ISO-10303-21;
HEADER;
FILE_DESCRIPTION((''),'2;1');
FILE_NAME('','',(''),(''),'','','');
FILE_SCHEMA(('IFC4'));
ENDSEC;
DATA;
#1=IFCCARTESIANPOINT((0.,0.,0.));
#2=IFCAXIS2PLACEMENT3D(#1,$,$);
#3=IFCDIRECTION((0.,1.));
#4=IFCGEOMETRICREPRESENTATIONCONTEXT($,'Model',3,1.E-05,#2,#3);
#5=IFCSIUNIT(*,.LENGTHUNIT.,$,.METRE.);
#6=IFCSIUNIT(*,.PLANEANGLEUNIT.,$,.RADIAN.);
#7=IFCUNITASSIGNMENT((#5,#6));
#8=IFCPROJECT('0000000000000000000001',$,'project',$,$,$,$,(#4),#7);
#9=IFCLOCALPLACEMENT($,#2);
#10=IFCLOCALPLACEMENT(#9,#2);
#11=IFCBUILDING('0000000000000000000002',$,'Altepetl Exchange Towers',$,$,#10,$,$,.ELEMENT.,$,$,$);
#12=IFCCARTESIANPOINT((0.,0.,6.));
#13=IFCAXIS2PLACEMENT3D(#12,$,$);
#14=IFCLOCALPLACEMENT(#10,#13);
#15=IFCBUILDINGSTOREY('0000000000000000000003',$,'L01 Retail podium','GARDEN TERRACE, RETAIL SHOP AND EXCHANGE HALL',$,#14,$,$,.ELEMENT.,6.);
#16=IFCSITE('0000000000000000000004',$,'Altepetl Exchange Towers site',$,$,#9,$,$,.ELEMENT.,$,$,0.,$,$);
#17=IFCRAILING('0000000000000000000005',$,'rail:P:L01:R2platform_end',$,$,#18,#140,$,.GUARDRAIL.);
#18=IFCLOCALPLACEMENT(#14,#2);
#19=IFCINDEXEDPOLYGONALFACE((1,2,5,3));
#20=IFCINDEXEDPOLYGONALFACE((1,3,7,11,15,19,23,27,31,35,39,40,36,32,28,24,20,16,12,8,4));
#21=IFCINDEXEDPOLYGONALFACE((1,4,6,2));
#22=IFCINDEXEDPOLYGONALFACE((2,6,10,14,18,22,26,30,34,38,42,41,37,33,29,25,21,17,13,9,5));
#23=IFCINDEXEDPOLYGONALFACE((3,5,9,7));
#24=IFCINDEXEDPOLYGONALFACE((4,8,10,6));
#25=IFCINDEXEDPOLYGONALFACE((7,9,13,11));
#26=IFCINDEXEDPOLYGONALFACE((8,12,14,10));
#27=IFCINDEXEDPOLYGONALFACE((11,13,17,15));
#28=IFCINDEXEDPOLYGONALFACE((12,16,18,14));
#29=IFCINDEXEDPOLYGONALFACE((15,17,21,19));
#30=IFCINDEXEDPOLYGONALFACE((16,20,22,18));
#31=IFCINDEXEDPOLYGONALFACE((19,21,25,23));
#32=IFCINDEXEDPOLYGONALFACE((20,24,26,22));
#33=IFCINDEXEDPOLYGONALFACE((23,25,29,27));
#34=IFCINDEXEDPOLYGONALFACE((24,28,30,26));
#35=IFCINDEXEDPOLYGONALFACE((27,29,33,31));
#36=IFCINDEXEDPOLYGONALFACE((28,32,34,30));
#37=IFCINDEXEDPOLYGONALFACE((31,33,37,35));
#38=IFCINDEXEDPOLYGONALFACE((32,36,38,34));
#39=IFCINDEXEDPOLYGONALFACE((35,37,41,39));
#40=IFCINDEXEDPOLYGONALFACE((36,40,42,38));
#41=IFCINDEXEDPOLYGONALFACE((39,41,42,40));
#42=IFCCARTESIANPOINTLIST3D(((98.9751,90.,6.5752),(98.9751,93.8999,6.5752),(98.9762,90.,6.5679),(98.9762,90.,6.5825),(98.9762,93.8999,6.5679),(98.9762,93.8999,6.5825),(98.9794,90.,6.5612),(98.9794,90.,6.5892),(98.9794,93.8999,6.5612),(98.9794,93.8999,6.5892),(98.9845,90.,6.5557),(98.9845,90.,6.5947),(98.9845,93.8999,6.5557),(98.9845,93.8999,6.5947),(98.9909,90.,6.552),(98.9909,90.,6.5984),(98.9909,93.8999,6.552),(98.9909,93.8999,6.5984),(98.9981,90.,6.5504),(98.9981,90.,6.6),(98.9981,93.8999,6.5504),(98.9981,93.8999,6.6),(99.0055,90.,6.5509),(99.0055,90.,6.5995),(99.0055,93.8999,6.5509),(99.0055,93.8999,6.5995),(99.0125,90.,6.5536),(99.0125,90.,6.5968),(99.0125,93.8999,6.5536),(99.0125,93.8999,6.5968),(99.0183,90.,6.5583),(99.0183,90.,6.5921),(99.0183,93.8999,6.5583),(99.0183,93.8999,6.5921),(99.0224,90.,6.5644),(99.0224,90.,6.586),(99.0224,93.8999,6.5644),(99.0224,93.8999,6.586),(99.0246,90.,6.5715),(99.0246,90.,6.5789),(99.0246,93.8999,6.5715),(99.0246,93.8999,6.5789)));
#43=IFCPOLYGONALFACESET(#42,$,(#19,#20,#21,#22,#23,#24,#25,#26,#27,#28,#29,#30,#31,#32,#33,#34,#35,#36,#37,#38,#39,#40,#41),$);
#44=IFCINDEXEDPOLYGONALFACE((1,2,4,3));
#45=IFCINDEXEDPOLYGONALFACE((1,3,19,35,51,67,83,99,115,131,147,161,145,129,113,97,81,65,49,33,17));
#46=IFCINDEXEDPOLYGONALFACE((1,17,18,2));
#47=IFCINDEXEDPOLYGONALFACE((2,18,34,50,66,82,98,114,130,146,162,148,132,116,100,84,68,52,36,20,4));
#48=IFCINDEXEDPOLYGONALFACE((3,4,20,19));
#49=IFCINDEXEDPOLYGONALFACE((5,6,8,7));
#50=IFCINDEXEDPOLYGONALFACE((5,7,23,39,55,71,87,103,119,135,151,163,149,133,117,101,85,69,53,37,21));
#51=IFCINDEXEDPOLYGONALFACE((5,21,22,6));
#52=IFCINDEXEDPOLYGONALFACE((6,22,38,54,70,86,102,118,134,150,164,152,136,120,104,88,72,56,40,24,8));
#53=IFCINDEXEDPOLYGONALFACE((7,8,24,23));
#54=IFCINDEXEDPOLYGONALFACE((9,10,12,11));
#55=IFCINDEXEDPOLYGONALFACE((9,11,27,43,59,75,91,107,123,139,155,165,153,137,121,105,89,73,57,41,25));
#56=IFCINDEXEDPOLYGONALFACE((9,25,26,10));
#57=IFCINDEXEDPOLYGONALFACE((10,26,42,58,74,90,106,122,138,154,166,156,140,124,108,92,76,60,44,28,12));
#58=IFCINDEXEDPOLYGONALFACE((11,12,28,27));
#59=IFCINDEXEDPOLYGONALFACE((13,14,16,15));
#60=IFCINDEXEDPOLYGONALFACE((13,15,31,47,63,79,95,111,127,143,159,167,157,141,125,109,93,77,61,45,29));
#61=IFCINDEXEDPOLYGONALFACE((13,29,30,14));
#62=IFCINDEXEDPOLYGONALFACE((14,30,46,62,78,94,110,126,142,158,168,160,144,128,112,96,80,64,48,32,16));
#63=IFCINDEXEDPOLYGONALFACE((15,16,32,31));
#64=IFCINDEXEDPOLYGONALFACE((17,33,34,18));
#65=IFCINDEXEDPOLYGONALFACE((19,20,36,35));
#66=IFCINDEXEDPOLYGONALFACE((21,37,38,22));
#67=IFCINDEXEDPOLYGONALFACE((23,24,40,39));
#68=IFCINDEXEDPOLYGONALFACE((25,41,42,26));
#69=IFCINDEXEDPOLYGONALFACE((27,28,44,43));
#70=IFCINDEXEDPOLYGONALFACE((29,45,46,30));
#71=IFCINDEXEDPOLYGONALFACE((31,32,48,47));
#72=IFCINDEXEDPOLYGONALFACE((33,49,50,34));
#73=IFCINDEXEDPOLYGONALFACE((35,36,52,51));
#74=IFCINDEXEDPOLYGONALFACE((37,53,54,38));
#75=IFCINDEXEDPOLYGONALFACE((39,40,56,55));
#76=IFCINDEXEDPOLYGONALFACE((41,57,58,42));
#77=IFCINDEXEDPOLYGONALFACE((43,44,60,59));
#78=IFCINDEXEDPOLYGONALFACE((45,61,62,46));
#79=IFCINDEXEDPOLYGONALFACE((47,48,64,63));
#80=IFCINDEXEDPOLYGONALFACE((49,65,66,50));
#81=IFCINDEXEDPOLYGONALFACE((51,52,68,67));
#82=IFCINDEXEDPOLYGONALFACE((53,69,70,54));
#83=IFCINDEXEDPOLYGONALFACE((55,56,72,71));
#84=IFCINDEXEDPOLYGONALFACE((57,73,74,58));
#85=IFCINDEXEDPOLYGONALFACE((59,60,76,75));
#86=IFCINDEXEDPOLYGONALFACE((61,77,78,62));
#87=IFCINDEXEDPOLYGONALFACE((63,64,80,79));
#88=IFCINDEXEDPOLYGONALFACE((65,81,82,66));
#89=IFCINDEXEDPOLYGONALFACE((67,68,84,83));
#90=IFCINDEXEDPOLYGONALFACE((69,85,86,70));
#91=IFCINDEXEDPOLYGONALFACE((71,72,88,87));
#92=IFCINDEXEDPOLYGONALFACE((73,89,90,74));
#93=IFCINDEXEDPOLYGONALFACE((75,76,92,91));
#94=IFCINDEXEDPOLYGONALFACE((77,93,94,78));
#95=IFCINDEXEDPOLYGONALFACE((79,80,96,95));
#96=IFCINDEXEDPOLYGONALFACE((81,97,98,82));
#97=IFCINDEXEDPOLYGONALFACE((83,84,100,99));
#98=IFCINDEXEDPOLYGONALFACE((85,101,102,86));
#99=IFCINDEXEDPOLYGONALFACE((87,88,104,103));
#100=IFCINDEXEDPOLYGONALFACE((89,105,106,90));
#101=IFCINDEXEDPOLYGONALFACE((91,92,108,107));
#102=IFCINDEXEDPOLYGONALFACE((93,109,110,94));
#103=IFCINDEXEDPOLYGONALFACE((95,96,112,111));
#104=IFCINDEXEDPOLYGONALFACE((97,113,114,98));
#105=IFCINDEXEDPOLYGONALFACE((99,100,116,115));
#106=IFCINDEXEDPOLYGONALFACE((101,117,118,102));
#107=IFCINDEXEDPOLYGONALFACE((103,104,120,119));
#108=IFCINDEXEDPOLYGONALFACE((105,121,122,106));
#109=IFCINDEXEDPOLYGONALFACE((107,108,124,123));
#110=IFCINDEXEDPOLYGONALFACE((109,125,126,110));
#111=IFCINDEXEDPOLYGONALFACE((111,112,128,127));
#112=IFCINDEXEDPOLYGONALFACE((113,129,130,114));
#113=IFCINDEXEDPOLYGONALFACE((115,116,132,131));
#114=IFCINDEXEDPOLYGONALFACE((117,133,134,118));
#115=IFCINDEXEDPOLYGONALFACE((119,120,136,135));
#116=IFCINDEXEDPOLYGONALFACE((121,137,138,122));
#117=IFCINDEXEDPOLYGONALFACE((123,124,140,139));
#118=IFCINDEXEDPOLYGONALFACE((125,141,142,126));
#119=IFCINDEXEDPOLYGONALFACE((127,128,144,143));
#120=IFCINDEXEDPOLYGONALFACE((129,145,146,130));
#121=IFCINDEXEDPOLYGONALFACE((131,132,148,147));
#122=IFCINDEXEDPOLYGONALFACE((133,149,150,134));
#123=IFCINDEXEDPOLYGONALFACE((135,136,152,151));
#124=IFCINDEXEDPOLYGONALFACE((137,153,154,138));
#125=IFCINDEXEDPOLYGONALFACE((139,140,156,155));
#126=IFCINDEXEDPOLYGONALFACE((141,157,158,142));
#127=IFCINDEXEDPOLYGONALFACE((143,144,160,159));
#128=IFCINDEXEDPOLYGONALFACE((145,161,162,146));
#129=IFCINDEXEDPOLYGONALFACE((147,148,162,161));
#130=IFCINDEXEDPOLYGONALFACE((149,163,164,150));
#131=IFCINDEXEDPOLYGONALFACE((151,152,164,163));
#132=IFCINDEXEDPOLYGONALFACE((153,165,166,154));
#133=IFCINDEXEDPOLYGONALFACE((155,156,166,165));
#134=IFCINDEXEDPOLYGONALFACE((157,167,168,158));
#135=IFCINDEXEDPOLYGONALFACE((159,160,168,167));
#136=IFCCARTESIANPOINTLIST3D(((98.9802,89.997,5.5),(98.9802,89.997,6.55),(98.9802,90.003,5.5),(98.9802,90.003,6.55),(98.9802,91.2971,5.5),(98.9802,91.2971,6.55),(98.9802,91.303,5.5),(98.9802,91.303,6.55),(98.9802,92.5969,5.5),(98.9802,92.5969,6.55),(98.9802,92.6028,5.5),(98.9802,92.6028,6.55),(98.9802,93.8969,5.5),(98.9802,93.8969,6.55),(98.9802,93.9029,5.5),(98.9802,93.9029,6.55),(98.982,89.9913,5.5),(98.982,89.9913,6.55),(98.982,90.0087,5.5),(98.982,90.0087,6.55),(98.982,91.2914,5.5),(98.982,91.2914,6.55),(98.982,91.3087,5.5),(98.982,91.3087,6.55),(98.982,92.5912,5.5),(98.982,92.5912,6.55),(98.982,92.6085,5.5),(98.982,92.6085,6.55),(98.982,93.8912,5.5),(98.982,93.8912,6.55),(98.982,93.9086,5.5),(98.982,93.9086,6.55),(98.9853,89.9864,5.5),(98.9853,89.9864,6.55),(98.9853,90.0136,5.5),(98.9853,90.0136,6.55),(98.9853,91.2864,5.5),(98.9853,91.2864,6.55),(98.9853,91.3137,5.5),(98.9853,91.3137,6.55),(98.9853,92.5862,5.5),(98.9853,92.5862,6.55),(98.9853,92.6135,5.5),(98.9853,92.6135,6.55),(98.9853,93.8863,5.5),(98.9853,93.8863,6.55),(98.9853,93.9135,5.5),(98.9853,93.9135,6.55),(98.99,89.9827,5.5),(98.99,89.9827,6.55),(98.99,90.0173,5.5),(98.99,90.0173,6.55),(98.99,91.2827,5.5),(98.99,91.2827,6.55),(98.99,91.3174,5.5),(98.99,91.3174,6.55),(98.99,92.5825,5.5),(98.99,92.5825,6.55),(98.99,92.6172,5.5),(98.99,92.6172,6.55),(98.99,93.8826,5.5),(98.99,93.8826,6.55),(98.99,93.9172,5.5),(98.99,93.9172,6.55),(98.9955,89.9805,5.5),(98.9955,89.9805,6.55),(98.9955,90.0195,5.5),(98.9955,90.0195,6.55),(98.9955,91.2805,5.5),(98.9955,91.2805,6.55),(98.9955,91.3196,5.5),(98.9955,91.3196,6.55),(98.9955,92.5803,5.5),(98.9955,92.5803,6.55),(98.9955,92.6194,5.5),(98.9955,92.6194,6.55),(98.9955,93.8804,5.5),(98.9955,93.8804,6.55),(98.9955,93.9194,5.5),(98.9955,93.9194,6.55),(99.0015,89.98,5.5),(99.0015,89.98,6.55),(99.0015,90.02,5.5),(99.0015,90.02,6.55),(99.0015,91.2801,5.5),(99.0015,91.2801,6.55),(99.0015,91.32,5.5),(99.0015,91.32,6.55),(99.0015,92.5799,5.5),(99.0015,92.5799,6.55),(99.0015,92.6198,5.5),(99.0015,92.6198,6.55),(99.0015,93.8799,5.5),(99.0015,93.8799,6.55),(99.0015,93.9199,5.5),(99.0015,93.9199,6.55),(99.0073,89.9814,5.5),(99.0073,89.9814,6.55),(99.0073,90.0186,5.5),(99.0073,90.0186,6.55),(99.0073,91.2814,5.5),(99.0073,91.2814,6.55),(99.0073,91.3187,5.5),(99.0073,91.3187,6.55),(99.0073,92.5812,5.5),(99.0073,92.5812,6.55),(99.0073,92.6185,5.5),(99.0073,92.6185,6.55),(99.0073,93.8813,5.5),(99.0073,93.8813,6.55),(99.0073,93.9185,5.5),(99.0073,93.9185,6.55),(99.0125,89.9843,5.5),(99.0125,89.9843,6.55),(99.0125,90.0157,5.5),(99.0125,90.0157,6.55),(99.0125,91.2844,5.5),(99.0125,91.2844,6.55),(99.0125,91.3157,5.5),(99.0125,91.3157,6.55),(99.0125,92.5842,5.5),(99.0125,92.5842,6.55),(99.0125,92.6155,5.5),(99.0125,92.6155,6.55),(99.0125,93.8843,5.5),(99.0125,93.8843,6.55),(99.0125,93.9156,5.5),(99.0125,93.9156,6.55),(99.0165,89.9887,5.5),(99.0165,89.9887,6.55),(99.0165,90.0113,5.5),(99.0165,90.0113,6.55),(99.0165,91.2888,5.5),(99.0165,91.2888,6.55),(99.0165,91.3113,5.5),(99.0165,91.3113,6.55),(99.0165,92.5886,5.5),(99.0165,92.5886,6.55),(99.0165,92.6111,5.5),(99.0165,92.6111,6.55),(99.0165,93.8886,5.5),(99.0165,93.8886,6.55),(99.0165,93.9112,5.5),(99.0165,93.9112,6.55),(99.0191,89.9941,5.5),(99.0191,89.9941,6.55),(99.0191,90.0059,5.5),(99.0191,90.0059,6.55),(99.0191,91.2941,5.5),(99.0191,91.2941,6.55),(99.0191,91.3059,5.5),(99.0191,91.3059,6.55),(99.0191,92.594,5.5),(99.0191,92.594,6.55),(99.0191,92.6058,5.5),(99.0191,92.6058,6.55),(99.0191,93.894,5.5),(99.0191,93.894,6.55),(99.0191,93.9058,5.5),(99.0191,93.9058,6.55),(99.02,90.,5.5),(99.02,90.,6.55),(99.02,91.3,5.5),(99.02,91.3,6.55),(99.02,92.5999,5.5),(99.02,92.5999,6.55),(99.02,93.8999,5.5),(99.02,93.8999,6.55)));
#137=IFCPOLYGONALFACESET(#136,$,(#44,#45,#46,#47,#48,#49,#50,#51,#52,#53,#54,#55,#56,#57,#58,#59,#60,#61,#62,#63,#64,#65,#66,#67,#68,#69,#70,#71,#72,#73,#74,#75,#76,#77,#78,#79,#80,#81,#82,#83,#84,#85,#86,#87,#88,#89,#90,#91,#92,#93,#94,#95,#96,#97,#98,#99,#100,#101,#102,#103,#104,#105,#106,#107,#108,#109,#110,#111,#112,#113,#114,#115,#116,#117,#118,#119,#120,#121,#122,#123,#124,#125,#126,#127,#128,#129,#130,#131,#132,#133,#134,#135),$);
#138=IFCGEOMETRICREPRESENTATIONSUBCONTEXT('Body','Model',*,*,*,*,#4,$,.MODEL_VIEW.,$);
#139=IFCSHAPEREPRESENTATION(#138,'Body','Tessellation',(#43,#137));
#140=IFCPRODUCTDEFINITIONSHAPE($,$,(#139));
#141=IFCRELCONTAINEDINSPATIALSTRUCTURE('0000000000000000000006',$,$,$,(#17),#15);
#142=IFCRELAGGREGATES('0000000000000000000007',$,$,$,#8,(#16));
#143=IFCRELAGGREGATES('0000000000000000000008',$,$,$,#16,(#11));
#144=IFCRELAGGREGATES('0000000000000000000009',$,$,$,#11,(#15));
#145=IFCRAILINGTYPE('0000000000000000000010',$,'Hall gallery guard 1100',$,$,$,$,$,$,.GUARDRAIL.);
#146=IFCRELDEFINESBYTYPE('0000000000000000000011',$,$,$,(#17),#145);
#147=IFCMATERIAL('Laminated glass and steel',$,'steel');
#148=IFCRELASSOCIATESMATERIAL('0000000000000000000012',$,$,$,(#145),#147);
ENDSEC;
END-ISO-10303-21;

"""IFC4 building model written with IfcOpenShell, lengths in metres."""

from ifc_helpers import new_model, si_unit, direction, frame, origin, origin_2d, place, context, subcontext, project, spatial, circle, extrude, source, transform, mapped, material, type_object, element, save


model = new_model("IFC4")

# Units and contexts
model_context = context("Model", 3, precision=1e-05, world=origin(), true_north=direction((0.0, 1.0)))
body_context = subcontext(model_context, "Body", "Model", "MODEL_VIEW")
ifc_project = project(units=[si_unit("LENGTHUNIT", "METRE"), si_unit("PLANEANGLEUNIT", "RADIAN")], contexts=[model_context])

# Site, building, storey
site_placement = place(None, origin())
site = spatial("IfcSite", under=ifc_project, at=site_placement, Name="Altepetl Exchange Towers site", CompositionType="ELEMENT", RefElevation=0.0)
building_placement = place(site_placement, origin())
building = spatial("IfcBuilding", under=site, at=building_placement, Name="Altepetl Exchange Towers", CompositionType="ELEMENT")
storey_placement = place(building_placement, frame((0.0, 0.0, 6.0)))
storey = spatial("IfcBuildingStorey", under=building, at=storey_placement, Name="L01 Retail podium", Description="GARDEN TERRACE, RETAIL SHOP AND EXCHANGE HALL", CompositionType="ELEMENT", Elevation=6.0)

# Railing
ifc_material_1 = material(Name="Laminated glass and steel", Category="steel")
railing_type = type_object("IfcRailingType", Name="Hall gallery guard 1100", PredefinedType="GUARDRAIL", material=ifc_material_1)
shared_shape = source(origin(), body_context, "Body", "SweptSolid", [
    extrude(circle(Radius=0.02, at=origin_2d()), origin(), (0.0, 0.0, 1.0), 1.05),
])
railing_1_placement = place(storey_placement, frame((99.0, 90.0, 5.5)))
element("IfcRailing", 1, at=railing_1_placement, inside=storey, type_object=railing_type, Name="rail:P:L01:R2platform_end", PredefinedType="GUARDRAIL", context=body_context, shape_type="SweptSolid", body=[
    extrude(circle(Radius=0.0249, at=origin_2d()), frame((0.0, 0.0, 1.0752), z_axis=(0.0, 1.0, 0.0), x_axis=(-1.0, 0.0, 0.0)), (0.0, 0.0, 1.0), 3.8999),
    mapped(shared_shape, transform((0.0, 0.0, 0.0))),
    mapped(shared_shape, transform((0.0, 1.3, 0.0))),
    mapped(shared_shape, transform((0.0, 2.5999, 0.0))),
    mapped(shared_shape, transform((0.0, 3.8999, 0.0))),
])

save(model, "model.ifc")
